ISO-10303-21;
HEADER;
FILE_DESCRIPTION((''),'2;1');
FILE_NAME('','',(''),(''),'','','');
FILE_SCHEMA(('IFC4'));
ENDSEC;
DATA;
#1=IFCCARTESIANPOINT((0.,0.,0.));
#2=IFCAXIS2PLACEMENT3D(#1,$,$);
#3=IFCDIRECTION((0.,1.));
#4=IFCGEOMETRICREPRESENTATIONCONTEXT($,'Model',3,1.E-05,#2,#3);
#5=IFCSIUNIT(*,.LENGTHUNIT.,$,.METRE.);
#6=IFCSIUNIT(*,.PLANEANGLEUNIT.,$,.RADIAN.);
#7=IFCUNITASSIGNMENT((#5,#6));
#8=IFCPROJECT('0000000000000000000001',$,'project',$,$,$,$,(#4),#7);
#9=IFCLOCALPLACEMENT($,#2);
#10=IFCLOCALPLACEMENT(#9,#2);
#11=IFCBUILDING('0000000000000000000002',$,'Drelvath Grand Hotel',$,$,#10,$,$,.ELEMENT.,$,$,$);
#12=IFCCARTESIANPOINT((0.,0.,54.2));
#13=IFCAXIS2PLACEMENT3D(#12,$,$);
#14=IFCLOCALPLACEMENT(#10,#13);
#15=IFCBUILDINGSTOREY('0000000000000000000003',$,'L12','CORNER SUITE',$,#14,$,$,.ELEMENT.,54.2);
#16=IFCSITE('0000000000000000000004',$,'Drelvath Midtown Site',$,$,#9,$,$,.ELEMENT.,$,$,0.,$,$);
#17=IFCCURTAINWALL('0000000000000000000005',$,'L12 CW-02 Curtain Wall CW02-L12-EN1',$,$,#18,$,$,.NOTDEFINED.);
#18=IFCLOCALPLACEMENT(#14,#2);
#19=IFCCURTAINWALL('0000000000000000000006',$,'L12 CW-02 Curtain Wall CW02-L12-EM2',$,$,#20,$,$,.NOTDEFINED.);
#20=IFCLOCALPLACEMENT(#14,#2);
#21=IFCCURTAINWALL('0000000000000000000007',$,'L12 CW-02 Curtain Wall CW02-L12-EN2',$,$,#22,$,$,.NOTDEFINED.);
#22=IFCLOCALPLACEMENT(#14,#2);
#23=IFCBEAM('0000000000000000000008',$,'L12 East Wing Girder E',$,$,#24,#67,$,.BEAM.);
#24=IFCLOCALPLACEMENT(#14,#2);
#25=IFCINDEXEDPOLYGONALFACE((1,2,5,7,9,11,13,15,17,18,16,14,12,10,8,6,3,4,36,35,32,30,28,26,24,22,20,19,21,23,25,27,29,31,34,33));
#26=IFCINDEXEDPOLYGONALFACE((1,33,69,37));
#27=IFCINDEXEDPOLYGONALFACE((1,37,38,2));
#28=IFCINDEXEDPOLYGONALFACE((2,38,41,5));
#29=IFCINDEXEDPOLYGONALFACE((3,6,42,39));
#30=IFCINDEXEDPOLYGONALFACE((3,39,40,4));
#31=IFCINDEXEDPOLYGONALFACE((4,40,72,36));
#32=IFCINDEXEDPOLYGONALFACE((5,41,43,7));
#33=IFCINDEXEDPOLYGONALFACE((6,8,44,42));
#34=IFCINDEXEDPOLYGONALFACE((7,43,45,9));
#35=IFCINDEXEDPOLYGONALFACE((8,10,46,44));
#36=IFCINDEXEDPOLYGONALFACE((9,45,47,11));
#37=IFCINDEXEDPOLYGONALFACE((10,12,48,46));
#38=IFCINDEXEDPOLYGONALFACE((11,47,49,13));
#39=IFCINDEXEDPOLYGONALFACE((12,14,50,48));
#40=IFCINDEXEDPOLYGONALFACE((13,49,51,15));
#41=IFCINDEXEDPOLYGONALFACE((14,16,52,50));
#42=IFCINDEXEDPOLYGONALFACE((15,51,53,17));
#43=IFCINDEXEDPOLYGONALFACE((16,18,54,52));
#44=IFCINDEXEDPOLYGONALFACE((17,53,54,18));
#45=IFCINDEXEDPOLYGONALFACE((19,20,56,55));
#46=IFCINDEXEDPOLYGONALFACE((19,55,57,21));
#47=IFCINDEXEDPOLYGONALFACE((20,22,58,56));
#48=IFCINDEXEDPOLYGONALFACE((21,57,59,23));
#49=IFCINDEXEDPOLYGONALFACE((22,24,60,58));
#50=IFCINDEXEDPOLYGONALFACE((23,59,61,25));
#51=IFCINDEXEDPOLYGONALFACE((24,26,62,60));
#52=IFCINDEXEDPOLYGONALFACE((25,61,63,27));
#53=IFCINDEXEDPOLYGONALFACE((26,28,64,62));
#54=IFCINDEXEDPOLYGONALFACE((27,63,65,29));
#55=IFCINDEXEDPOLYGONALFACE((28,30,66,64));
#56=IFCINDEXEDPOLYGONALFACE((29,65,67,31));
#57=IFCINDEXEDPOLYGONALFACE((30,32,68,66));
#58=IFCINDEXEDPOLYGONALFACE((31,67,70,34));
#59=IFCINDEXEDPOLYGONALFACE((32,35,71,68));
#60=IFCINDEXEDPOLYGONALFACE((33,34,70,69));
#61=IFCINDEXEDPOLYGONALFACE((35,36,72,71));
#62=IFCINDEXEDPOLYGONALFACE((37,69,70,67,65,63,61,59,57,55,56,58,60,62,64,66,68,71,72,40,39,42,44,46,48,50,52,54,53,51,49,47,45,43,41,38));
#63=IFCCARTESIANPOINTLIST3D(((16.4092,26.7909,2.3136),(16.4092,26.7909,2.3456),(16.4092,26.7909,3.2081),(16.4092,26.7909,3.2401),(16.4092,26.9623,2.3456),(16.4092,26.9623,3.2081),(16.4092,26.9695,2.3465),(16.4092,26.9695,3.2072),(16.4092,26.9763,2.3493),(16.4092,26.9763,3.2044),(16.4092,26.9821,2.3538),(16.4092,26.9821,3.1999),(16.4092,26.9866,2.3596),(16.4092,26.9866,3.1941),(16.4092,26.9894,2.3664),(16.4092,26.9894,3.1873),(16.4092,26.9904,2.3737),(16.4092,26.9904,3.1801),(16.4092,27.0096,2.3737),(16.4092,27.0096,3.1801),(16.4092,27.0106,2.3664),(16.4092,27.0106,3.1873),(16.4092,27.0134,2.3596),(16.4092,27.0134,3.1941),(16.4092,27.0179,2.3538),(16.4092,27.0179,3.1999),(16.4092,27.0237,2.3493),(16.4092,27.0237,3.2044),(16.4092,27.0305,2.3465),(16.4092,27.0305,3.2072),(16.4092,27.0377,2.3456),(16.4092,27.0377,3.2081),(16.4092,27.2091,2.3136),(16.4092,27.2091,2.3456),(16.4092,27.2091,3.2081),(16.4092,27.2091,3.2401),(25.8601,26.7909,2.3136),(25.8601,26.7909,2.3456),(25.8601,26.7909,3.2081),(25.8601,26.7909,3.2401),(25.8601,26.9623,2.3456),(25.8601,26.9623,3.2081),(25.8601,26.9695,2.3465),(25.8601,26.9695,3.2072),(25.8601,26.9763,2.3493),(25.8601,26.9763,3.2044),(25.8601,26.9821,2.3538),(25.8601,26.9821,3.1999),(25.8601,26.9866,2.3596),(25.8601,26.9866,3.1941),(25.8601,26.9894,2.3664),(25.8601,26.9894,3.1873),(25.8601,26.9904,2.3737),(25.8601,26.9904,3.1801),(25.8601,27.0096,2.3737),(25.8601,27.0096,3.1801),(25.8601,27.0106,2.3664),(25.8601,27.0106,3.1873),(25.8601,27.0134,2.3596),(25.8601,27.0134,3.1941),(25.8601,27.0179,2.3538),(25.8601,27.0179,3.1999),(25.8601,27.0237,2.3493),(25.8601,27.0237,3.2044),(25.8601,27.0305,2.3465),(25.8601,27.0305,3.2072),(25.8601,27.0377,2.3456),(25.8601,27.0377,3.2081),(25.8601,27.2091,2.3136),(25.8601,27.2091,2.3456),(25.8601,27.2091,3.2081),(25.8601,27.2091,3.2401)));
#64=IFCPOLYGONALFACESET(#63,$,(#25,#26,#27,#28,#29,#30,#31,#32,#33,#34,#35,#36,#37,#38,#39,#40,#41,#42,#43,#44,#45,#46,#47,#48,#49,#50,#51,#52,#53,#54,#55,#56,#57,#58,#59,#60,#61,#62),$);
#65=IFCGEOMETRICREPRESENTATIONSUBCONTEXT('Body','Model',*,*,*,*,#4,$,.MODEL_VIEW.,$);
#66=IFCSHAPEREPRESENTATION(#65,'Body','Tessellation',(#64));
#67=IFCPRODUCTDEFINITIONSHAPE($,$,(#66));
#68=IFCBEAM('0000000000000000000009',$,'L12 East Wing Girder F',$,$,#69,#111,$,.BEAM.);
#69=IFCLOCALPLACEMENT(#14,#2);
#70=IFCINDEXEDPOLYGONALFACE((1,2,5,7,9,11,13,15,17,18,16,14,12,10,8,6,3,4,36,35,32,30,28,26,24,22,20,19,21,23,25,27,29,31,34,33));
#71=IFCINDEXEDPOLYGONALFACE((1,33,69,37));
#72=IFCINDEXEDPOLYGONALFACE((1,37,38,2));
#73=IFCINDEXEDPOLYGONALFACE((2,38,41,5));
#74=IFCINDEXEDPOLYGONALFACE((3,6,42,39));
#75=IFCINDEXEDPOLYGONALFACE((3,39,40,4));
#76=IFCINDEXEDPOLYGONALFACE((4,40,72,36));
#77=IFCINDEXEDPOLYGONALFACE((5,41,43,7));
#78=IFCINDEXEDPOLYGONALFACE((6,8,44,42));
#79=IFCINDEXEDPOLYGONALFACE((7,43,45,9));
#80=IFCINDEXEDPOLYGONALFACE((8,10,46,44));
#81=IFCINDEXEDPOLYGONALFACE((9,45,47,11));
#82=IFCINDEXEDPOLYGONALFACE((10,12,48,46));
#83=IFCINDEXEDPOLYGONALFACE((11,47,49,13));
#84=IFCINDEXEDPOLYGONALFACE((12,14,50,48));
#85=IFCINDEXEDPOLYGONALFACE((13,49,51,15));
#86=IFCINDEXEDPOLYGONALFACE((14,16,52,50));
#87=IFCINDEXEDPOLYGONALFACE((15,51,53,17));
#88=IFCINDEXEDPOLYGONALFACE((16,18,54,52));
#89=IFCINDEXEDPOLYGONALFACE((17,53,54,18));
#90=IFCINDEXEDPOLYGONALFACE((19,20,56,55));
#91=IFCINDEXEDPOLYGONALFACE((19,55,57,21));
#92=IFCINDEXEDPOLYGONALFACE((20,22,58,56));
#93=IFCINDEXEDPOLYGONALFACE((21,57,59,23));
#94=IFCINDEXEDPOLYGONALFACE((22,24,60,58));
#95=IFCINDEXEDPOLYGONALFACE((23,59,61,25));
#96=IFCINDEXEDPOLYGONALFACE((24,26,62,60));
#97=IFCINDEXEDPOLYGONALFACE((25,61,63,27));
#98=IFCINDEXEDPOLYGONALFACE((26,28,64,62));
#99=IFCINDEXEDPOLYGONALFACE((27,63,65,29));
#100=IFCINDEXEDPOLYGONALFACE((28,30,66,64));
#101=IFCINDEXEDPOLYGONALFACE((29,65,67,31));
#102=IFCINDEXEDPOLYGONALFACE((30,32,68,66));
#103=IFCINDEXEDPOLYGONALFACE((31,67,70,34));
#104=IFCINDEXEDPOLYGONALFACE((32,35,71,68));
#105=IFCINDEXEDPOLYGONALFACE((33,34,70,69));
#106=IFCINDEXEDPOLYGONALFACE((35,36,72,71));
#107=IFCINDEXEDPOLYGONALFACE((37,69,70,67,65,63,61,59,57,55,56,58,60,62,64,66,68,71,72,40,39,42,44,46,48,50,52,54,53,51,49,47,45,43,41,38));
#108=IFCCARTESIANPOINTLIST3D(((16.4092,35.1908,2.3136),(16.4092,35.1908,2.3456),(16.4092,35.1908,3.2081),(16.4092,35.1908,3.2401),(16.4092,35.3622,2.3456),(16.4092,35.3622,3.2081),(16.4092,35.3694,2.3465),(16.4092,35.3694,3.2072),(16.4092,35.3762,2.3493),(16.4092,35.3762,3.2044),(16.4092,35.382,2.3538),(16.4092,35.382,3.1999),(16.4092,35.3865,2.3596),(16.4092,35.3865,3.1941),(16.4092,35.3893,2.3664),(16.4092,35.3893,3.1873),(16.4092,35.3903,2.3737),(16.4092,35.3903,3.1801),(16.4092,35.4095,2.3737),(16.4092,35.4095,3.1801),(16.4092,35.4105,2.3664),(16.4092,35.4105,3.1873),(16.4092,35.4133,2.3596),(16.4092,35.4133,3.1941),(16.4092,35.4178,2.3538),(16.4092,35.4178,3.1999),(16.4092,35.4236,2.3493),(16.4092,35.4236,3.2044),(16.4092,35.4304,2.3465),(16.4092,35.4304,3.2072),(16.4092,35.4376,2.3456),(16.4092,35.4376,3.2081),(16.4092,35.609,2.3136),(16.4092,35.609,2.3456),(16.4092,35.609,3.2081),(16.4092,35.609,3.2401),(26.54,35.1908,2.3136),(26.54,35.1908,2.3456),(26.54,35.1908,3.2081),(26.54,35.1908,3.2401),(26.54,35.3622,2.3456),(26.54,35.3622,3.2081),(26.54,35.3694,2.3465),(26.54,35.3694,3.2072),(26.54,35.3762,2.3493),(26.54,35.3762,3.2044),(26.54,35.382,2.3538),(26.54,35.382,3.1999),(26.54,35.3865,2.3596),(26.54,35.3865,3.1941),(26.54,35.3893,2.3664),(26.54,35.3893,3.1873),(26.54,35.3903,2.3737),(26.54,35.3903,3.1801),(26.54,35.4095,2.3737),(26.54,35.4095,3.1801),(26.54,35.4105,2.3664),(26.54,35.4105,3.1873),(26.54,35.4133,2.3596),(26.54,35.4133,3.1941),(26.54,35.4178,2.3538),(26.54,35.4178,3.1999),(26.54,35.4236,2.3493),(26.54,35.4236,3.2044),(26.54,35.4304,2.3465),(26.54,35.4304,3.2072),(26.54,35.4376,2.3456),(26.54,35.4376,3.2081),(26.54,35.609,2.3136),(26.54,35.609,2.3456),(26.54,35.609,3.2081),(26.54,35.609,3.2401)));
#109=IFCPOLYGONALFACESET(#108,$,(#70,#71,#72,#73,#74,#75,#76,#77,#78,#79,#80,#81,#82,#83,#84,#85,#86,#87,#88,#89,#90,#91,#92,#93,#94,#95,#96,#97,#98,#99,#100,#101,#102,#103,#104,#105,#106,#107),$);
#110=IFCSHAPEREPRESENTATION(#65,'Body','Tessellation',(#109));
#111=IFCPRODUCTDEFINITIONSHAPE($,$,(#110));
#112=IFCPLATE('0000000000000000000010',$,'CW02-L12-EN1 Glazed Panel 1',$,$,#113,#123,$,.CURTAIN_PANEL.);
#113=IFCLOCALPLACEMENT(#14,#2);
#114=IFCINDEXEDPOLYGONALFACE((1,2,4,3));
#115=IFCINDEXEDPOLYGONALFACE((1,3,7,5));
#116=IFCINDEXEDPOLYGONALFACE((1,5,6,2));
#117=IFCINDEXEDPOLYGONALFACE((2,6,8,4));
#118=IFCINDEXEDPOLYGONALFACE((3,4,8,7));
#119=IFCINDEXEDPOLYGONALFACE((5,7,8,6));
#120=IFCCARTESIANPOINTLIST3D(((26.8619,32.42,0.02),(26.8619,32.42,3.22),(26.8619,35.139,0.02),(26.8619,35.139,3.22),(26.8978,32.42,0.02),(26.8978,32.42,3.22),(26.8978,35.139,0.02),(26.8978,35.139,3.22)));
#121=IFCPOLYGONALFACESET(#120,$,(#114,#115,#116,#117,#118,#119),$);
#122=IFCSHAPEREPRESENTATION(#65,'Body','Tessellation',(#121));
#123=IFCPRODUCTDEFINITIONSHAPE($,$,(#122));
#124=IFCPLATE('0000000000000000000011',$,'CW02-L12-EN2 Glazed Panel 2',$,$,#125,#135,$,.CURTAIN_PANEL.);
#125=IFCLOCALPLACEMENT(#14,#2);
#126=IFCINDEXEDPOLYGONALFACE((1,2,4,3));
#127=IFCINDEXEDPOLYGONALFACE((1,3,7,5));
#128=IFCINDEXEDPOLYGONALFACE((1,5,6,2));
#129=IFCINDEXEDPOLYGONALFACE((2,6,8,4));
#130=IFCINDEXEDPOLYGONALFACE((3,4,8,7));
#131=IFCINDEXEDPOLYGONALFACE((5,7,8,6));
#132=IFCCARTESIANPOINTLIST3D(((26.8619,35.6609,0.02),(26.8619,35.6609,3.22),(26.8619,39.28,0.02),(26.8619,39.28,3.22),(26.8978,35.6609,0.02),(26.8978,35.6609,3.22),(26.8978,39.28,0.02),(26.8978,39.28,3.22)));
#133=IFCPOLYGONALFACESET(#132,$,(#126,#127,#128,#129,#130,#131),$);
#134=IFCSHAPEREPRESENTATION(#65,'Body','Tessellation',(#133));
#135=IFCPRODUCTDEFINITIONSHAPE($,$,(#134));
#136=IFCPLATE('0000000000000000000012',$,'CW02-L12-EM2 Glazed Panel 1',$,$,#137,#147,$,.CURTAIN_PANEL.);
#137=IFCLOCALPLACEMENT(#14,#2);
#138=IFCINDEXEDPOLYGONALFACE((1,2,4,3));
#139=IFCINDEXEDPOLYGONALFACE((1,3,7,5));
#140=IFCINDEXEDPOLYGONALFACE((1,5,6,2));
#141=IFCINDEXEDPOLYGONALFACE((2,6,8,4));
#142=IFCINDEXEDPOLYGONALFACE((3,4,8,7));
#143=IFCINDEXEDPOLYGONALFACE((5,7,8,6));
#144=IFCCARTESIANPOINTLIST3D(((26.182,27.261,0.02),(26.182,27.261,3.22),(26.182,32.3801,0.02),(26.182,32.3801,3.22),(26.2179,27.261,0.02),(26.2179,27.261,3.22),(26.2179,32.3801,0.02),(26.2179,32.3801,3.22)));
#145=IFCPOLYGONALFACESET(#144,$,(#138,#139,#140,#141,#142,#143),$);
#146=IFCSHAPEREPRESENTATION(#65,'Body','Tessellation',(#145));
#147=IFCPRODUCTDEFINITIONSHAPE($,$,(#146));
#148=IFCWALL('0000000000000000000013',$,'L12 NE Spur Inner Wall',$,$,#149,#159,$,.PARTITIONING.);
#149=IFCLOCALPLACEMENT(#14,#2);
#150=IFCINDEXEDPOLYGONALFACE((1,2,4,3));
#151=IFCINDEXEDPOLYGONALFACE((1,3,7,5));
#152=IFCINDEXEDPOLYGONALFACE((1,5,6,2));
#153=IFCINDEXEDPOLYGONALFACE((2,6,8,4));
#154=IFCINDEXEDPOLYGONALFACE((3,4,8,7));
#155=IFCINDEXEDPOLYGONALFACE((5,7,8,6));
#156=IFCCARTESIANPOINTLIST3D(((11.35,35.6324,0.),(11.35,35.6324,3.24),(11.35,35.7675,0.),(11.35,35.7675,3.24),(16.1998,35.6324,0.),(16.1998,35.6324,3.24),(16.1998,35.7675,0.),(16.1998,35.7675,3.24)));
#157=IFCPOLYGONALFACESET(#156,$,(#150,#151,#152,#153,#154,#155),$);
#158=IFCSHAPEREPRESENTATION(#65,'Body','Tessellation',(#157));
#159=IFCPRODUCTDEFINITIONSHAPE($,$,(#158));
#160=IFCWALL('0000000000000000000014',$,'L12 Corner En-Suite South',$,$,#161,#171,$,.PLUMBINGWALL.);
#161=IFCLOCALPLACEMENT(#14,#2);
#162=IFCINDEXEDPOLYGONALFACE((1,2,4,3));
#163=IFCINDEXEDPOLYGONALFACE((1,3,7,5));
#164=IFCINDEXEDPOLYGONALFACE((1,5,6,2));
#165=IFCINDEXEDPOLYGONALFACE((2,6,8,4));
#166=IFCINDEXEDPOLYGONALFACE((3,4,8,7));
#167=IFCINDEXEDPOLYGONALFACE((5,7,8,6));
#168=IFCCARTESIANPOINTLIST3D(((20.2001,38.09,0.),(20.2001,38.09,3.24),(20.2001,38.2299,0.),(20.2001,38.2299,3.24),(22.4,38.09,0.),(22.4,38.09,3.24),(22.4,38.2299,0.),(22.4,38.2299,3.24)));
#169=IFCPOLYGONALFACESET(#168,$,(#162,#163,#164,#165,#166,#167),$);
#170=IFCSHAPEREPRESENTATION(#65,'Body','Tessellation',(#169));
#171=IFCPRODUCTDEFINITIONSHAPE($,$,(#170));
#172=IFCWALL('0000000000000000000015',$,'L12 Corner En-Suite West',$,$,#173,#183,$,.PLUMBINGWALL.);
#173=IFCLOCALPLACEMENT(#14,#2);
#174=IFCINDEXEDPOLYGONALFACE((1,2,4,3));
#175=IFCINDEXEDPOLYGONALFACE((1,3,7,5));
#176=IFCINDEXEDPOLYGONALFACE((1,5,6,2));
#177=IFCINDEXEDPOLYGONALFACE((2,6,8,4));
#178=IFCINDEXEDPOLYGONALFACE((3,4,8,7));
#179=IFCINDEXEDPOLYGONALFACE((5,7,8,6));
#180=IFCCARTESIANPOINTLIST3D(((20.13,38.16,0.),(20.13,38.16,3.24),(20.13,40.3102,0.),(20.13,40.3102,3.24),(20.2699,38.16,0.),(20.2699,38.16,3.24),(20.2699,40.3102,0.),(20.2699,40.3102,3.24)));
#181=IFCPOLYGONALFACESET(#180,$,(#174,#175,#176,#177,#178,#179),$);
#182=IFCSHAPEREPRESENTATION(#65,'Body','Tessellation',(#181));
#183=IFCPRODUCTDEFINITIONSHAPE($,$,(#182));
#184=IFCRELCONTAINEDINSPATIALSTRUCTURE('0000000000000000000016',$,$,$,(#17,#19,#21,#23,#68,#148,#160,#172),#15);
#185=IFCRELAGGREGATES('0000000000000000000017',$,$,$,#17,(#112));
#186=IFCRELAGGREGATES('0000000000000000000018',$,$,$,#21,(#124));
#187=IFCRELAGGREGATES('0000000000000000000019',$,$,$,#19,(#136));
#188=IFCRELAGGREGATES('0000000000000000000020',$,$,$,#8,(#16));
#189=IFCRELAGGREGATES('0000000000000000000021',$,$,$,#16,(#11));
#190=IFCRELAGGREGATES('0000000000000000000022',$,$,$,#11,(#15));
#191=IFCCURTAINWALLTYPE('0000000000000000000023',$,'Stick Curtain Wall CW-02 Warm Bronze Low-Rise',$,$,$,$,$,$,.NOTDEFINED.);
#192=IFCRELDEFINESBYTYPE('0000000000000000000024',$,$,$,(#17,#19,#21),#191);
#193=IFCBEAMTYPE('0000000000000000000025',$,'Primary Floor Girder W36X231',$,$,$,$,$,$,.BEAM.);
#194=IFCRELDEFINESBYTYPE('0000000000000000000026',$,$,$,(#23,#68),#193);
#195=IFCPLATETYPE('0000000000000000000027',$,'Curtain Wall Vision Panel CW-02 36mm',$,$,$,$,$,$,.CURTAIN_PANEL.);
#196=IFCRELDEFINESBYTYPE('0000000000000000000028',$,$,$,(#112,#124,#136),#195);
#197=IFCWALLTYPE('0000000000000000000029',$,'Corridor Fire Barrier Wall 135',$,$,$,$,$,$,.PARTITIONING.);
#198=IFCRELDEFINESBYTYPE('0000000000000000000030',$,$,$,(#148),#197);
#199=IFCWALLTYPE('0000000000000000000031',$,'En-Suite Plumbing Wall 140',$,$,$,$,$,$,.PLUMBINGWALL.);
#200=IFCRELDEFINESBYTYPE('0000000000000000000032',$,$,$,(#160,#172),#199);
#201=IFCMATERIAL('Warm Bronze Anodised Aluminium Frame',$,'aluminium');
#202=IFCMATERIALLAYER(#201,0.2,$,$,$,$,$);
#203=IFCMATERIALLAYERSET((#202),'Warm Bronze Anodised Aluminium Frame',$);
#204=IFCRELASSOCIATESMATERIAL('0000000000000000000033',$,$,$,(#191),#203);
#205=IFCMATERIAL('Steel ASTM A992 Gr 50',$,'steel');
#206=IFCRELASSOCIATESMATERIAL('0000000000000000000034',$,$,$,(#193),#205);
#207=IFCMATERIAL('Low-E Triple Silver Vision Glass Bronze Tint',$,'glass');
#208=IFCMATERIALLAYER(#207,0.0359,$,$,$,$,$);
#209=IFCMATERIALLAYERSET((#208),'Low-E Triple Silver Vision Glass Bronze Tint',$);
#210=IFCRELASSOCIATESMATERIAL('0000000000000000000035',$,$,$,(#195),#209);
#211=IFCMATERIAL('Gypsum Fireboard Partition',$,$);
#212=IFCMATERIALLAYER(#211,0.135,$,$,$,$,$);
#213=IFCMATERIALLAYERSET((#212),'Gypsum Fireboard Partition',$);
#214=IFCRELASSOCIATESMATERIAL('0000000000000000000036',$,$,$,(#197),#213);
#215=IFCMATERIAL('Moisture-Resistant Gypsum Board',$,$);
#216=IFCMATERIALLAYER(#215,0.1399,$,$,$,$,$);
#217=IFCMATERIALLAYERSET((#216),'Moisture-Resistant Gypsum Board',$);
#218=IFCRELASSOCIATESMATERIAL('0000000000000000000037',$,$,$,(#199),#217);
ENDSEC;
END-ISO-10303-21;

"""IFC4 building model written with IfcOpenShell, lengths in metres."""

from ifc_helpers import new_model, si_unit, direction, frame, frame_2d, origin, origin_2d, place, context, subcontext, project, spatial, rectangle, i_section, extrude, material, layer, layer_set, material_profile, profile_set, type_object, element, aggregate, save


model = new_model("IFC4")

# Units and contexts
model_context = context("Model", 3, precision=1e-05, world=origin(), true_north=direction((0.0, 1.0)))
body_context = subcontext(model_context, "Body", "Model", "MODEL_VIEW")
ifc_project = project(units=[si_unit("LENGTHUNIT", "METRE"), si_unit("PLANEANGLEUNIT", "RADIAN")], contexts=[model_context])

# Site, building, storey
site_placement = place(None, origin())
site = spatial("IfcSite", under=ifc_project, at=site_placement, Name="Drelvath Midtown Site", CompositionType="ELEMENT", RefElevation=0.0)
building_placement = place(site_placement, origin())
building = spatial("IfcBuilding", under=site, at=building_placement, Name="Drelvath Grand Hotel", CompositionType="ELEMENT")
storey_placement = place(building_placement, frame((0.0, 0.0, 54.2)))
storey = spatial("IfcBuildingStorey", under=building, at=storey_placement, Name="L12", Description="CORNER SUITE", CompositionType="ELEMENT", Elevation=54.2)

# Curtain walls
ifc_material_1 = material(Name="Warm Bronze Anodised Aluminium Frame", Category="aluminium")
ifc_layer_1 = layer(ifc_material_1, 0.2)
ifc_layer_set_1 = layer_set([ifc_layer_1], Name="Warm Bronze Anodised Aluminium Frame")
curtain_wall_type = type_object("IfcCurtainWallType", Name="Stick Curtain Wall CW-02 Warm Bronze Low-Rise", PredefinedType="NOTDEFINED", material=ifc_layer_set_1)
curtain_wall_1_placement = place(storey_placement, origin())
curtain_wall_1 = element("IfcCurtainWall", 1, at=curtain_wall_1_placement, inside=storey, type_object=curtain_wall_type, Name="L12 CW-02 Curtain Wall CW02-L12-EN1", PredefinedType="NOTDEFINED")
curtain_wall_2_placement = place(storey_placement, origin())
curtain_wall_2 = element("IfcCurtainWall", 2, at=curtain_wall_2_placement, inside=storey, type_object=curtain_wall_type, Name="L12 CW-02 Curtain Wall CW02-L12-EM2", PredefinedType="NOTDEFINED")

# Curtain wall
curtain_wall_3_placement = place(storey_placement, origin())
curtain_wall_3 = element("IfcCurtainWall", 3, at=curtain_wall_3_placement, inside=storey, type_object=curtain_wall_type, Name="L12 CW-02 Curtain Wall CW02-L12-EN2", PredefinedType="NOTDEFINED")

# Beams
ifc_material_2 = material(Name="Steel ASTM A992 Gr 50", Category="steel")
ifc_material_profile_1 = material_profile(ifc_material_2, i_section(OverallWidth=0.4182, OverallDepth=0.9265, WebThickness=0.0193, FlangeThickness=0.032, FilletRadius=0.0281, at=origin_2d()), Name="W36X231")
ifc_profile_set_1 = profile_set([ifc_material_profile_1], Name="Steel ASTM A992 Gr 50")
beam_type_1 = type_object("IfcBeamType", Name="Primary Floor Girder W36X231", PredefinedType="BEAM", material=ifc_profile_set_1)
beam_1_placement = place(storey_placement, frame((16.4092, 27.0, 2.7769), z_axis=(1.0, 0.0, 0.0), x_axis=(0.0, 1.0, 0.0)))
element("IfcBeam", 4, at=beam_1_placement, inside=storey, type_object=beam_type_1, Name="L12 East Wing Girder E", PredefinedType="BEAM", context=body_context, shape_type="SweptSolid", body=[
    extrude(i_section(OverallWidth=0.4182, OverallDepth=0.9265, WebThickness=0.0193, FlangeThickness=0.032, FilletRadius=0.0281, at=origin_2d()), origin(), (0.0, 0.0, 1.0), 9.4509),
])
beam_2_placement = place(storey_placement, frame((16.4092, 35.3999, 2.7769), z_axis=(1.0, 0.0, 0.0), x_axis=(0.0, 1.0, 0.0)))
element("IfcBeam", 5, at=beam_2_placement, inside=storey, type_object=beam_type_1, Name="L12 East Wing Girder F", PredefinedType="BEAM", context=body_context, shape_type="SweptSolid", body=[
    extrude(i_section(OverallWidth=0.4182, OverallDepth=0.9265, WebThickness=0.0193, FlangeThickness=0.032, FilletRadius=0.0281, at=origin_2d()), origin(), (0.0, 0.0, 1.0), 10.1309),
])

# Plates
ifc_material_3 = material(Name="Low-E Triple Silver Vision Glass Bronze Tint", Category="glass")
ifc_layer_2 = layer(ifc_material_3, 0.0359)
ifc_layer_set_2 = layer_set([ifc_layer_2], Name="Low-E Triple Silver Vision Glass Bronze Tint")
plate_type = type_object("IfcPlateType", Name="Curtain Wall Vision Panel CW-02 36mm", PredefinedType="CURTAIN_PANEL", material=ifc_layer_set_2)
plate_1_placement = place(storey_placement, frame((26.8799, 33.7795, 0.02), z_axis=(0.0, 0.0, 1.0), x_axis=(0.0, -1.0, 0.0)))
plate_1 = element("IfcPlate", 6, at=plate_1_placement, type_object=plate_type, Name="CW02-L12-EN1 Glazed Panel 1", PredefinedType="CURTAIN_PANEL", context=body_context, shape_type="SweptSolid", body=[
    extrude(rectangle(XDim=2.719, YDim=0.0359, at=origin_2d()), origin(), (0.0, 0.0, 1.0), 3.2),
])
aggregate(curtain_wall_1, [plate_1])
plate_2_placement = place(storey_placement, frame((26.8799, 37.4705, 0.02), z_axis=(0.0, 0.0, 1.0), x_axis=(0.0, -1.0, 0.0)))
plate_2 = element("IfcPlate", 7, at=plate_2_placement, type_object=plate_type, Name="CW02-L12-EN2 Glazed Panel 2", PredefinedType="CURTAIN_PANEL", context=body_context, shape_type="SweptSolid", body=[
    extrude(rectangle(XDim=3.6191, YDim=0.0359, at=origin_2d()), origin(), (0.0, 0.0, 1.0), 3.2),
])
aggregate(curtain_wall_3, [plate_2])
plate_3_placement = place(storey_placement, frame((26.2, 29.8206, 0.02), z_axis=(0.0, 0.0, 1.0), x_axis=(0.0, -1.0, 0.0)))
plate_3 = element("IfcPlate", 8, at=plate_3_placement, type_object=plate_type, Name="CW02-L12-EM2 Glazed Panel 1", PredefinedType="CURTAIN_PANEL", context=body_context, shape_type="SweptSolid", body=[
    extrude(rectangle(XDim=5.1191, YDim=0.0359, at=origin_2d()), origin(), (0.0, 0.0, 1.0), 3.2),
])
aggregate(curtain_wall_2, [plate_3])

# Wall
ifc_material_4 = material(Name="Gypsum Fireboard Partition")
ifc_layer_3 = layer(ifc_material_4, 0.135)
ifc_layer_set_3 = layer_set([ifc_layer_3], Name="Gypsum Fireboard Partition")
wall_type_1 = type_object("IfcWallType", Name="Corridor Fire Barrier Wall 135", PredefinedType="PARTITIONING", material=ifc_layer_set_3)
wall_1_placement = place(storey_placement, frame((11.3501, 35.7, 0.0), z_axis=(0.0, 0.0, 1.0), x_axis=(1.0, 0.0, 0.0)))
element("IfcWall", 9, at=wall_1_placement, inside=storey, type_object=wall_type_1, Name="L12 NE Spur Inner Wall", PredefinedType="PARTITIONING", context=body_context, shape_type="SweptSolid", body=[
    extrude(rectangle(XDim=4.8499, YDim=0.135, at=frame_2d((2.4248, 0.0))), origin(), (0.0, 0.0, 1.0), 3.24),
])

# Walls
ifc_material_5 = material(Name="Moisture-Resistant Gypsum Board")
ifc_layer_4 = layer(ifc_material_5, 0.1399)
ifc_layer_set_4 = layer_set([ifc_layer_4], Name="Moisture-Resistant Gypsum Board")
wall_type_2 = type_object("IfcWallType", Name="En-Suite Plumbing Wall 140", PredefinedType="PLUMBINGWALL", material=ifc_layer_set_4)
wall_2_placement = place(storey_placement, frame((20.2, 38.1599, 0.0), z_axis=(0.0, 0.0, 1.0), x_axis=(1.0, 0.0, 0.0)))
element("IfcWall", 10, at=wall_2_placement, inside=storey, type_object=wall_type_2, Name="L12 Corner En-Suite South", PredefinedType="PLUMBINGWALL", context=body_context, shape_type="SweptSolid", body=[
    extrude(rectangle(XDim=2.2, YDim=0.1399, at=frame_2d((1.1001, 0.0))), origin(), (0.0, 0.0, 1.0), 3.24),
])
wall_3_placement = place(storey_placement, frame((20.2, 38.1599, 0.0), z_axis=(0.0, 0.0, 1.0), x_axis=(0.0, 1.0, 0.0)))
element("IfcWall", 11, at=wall_3_placement, inside=storey, type_object=wall_type_2, Name="L12 Corner En-Suite West", PredefinedType="PLUMBINGWALL", context=body_context, shape_type="SweptSolid", body=[
    extrude(rectangle(XDim=2.1501, YDim=0.1399, at=frame_2d((1.0752, 0.0))), origin(), (0.0, 0.0, 1.0), 3.24),
])

save(model, "model.ifc")
